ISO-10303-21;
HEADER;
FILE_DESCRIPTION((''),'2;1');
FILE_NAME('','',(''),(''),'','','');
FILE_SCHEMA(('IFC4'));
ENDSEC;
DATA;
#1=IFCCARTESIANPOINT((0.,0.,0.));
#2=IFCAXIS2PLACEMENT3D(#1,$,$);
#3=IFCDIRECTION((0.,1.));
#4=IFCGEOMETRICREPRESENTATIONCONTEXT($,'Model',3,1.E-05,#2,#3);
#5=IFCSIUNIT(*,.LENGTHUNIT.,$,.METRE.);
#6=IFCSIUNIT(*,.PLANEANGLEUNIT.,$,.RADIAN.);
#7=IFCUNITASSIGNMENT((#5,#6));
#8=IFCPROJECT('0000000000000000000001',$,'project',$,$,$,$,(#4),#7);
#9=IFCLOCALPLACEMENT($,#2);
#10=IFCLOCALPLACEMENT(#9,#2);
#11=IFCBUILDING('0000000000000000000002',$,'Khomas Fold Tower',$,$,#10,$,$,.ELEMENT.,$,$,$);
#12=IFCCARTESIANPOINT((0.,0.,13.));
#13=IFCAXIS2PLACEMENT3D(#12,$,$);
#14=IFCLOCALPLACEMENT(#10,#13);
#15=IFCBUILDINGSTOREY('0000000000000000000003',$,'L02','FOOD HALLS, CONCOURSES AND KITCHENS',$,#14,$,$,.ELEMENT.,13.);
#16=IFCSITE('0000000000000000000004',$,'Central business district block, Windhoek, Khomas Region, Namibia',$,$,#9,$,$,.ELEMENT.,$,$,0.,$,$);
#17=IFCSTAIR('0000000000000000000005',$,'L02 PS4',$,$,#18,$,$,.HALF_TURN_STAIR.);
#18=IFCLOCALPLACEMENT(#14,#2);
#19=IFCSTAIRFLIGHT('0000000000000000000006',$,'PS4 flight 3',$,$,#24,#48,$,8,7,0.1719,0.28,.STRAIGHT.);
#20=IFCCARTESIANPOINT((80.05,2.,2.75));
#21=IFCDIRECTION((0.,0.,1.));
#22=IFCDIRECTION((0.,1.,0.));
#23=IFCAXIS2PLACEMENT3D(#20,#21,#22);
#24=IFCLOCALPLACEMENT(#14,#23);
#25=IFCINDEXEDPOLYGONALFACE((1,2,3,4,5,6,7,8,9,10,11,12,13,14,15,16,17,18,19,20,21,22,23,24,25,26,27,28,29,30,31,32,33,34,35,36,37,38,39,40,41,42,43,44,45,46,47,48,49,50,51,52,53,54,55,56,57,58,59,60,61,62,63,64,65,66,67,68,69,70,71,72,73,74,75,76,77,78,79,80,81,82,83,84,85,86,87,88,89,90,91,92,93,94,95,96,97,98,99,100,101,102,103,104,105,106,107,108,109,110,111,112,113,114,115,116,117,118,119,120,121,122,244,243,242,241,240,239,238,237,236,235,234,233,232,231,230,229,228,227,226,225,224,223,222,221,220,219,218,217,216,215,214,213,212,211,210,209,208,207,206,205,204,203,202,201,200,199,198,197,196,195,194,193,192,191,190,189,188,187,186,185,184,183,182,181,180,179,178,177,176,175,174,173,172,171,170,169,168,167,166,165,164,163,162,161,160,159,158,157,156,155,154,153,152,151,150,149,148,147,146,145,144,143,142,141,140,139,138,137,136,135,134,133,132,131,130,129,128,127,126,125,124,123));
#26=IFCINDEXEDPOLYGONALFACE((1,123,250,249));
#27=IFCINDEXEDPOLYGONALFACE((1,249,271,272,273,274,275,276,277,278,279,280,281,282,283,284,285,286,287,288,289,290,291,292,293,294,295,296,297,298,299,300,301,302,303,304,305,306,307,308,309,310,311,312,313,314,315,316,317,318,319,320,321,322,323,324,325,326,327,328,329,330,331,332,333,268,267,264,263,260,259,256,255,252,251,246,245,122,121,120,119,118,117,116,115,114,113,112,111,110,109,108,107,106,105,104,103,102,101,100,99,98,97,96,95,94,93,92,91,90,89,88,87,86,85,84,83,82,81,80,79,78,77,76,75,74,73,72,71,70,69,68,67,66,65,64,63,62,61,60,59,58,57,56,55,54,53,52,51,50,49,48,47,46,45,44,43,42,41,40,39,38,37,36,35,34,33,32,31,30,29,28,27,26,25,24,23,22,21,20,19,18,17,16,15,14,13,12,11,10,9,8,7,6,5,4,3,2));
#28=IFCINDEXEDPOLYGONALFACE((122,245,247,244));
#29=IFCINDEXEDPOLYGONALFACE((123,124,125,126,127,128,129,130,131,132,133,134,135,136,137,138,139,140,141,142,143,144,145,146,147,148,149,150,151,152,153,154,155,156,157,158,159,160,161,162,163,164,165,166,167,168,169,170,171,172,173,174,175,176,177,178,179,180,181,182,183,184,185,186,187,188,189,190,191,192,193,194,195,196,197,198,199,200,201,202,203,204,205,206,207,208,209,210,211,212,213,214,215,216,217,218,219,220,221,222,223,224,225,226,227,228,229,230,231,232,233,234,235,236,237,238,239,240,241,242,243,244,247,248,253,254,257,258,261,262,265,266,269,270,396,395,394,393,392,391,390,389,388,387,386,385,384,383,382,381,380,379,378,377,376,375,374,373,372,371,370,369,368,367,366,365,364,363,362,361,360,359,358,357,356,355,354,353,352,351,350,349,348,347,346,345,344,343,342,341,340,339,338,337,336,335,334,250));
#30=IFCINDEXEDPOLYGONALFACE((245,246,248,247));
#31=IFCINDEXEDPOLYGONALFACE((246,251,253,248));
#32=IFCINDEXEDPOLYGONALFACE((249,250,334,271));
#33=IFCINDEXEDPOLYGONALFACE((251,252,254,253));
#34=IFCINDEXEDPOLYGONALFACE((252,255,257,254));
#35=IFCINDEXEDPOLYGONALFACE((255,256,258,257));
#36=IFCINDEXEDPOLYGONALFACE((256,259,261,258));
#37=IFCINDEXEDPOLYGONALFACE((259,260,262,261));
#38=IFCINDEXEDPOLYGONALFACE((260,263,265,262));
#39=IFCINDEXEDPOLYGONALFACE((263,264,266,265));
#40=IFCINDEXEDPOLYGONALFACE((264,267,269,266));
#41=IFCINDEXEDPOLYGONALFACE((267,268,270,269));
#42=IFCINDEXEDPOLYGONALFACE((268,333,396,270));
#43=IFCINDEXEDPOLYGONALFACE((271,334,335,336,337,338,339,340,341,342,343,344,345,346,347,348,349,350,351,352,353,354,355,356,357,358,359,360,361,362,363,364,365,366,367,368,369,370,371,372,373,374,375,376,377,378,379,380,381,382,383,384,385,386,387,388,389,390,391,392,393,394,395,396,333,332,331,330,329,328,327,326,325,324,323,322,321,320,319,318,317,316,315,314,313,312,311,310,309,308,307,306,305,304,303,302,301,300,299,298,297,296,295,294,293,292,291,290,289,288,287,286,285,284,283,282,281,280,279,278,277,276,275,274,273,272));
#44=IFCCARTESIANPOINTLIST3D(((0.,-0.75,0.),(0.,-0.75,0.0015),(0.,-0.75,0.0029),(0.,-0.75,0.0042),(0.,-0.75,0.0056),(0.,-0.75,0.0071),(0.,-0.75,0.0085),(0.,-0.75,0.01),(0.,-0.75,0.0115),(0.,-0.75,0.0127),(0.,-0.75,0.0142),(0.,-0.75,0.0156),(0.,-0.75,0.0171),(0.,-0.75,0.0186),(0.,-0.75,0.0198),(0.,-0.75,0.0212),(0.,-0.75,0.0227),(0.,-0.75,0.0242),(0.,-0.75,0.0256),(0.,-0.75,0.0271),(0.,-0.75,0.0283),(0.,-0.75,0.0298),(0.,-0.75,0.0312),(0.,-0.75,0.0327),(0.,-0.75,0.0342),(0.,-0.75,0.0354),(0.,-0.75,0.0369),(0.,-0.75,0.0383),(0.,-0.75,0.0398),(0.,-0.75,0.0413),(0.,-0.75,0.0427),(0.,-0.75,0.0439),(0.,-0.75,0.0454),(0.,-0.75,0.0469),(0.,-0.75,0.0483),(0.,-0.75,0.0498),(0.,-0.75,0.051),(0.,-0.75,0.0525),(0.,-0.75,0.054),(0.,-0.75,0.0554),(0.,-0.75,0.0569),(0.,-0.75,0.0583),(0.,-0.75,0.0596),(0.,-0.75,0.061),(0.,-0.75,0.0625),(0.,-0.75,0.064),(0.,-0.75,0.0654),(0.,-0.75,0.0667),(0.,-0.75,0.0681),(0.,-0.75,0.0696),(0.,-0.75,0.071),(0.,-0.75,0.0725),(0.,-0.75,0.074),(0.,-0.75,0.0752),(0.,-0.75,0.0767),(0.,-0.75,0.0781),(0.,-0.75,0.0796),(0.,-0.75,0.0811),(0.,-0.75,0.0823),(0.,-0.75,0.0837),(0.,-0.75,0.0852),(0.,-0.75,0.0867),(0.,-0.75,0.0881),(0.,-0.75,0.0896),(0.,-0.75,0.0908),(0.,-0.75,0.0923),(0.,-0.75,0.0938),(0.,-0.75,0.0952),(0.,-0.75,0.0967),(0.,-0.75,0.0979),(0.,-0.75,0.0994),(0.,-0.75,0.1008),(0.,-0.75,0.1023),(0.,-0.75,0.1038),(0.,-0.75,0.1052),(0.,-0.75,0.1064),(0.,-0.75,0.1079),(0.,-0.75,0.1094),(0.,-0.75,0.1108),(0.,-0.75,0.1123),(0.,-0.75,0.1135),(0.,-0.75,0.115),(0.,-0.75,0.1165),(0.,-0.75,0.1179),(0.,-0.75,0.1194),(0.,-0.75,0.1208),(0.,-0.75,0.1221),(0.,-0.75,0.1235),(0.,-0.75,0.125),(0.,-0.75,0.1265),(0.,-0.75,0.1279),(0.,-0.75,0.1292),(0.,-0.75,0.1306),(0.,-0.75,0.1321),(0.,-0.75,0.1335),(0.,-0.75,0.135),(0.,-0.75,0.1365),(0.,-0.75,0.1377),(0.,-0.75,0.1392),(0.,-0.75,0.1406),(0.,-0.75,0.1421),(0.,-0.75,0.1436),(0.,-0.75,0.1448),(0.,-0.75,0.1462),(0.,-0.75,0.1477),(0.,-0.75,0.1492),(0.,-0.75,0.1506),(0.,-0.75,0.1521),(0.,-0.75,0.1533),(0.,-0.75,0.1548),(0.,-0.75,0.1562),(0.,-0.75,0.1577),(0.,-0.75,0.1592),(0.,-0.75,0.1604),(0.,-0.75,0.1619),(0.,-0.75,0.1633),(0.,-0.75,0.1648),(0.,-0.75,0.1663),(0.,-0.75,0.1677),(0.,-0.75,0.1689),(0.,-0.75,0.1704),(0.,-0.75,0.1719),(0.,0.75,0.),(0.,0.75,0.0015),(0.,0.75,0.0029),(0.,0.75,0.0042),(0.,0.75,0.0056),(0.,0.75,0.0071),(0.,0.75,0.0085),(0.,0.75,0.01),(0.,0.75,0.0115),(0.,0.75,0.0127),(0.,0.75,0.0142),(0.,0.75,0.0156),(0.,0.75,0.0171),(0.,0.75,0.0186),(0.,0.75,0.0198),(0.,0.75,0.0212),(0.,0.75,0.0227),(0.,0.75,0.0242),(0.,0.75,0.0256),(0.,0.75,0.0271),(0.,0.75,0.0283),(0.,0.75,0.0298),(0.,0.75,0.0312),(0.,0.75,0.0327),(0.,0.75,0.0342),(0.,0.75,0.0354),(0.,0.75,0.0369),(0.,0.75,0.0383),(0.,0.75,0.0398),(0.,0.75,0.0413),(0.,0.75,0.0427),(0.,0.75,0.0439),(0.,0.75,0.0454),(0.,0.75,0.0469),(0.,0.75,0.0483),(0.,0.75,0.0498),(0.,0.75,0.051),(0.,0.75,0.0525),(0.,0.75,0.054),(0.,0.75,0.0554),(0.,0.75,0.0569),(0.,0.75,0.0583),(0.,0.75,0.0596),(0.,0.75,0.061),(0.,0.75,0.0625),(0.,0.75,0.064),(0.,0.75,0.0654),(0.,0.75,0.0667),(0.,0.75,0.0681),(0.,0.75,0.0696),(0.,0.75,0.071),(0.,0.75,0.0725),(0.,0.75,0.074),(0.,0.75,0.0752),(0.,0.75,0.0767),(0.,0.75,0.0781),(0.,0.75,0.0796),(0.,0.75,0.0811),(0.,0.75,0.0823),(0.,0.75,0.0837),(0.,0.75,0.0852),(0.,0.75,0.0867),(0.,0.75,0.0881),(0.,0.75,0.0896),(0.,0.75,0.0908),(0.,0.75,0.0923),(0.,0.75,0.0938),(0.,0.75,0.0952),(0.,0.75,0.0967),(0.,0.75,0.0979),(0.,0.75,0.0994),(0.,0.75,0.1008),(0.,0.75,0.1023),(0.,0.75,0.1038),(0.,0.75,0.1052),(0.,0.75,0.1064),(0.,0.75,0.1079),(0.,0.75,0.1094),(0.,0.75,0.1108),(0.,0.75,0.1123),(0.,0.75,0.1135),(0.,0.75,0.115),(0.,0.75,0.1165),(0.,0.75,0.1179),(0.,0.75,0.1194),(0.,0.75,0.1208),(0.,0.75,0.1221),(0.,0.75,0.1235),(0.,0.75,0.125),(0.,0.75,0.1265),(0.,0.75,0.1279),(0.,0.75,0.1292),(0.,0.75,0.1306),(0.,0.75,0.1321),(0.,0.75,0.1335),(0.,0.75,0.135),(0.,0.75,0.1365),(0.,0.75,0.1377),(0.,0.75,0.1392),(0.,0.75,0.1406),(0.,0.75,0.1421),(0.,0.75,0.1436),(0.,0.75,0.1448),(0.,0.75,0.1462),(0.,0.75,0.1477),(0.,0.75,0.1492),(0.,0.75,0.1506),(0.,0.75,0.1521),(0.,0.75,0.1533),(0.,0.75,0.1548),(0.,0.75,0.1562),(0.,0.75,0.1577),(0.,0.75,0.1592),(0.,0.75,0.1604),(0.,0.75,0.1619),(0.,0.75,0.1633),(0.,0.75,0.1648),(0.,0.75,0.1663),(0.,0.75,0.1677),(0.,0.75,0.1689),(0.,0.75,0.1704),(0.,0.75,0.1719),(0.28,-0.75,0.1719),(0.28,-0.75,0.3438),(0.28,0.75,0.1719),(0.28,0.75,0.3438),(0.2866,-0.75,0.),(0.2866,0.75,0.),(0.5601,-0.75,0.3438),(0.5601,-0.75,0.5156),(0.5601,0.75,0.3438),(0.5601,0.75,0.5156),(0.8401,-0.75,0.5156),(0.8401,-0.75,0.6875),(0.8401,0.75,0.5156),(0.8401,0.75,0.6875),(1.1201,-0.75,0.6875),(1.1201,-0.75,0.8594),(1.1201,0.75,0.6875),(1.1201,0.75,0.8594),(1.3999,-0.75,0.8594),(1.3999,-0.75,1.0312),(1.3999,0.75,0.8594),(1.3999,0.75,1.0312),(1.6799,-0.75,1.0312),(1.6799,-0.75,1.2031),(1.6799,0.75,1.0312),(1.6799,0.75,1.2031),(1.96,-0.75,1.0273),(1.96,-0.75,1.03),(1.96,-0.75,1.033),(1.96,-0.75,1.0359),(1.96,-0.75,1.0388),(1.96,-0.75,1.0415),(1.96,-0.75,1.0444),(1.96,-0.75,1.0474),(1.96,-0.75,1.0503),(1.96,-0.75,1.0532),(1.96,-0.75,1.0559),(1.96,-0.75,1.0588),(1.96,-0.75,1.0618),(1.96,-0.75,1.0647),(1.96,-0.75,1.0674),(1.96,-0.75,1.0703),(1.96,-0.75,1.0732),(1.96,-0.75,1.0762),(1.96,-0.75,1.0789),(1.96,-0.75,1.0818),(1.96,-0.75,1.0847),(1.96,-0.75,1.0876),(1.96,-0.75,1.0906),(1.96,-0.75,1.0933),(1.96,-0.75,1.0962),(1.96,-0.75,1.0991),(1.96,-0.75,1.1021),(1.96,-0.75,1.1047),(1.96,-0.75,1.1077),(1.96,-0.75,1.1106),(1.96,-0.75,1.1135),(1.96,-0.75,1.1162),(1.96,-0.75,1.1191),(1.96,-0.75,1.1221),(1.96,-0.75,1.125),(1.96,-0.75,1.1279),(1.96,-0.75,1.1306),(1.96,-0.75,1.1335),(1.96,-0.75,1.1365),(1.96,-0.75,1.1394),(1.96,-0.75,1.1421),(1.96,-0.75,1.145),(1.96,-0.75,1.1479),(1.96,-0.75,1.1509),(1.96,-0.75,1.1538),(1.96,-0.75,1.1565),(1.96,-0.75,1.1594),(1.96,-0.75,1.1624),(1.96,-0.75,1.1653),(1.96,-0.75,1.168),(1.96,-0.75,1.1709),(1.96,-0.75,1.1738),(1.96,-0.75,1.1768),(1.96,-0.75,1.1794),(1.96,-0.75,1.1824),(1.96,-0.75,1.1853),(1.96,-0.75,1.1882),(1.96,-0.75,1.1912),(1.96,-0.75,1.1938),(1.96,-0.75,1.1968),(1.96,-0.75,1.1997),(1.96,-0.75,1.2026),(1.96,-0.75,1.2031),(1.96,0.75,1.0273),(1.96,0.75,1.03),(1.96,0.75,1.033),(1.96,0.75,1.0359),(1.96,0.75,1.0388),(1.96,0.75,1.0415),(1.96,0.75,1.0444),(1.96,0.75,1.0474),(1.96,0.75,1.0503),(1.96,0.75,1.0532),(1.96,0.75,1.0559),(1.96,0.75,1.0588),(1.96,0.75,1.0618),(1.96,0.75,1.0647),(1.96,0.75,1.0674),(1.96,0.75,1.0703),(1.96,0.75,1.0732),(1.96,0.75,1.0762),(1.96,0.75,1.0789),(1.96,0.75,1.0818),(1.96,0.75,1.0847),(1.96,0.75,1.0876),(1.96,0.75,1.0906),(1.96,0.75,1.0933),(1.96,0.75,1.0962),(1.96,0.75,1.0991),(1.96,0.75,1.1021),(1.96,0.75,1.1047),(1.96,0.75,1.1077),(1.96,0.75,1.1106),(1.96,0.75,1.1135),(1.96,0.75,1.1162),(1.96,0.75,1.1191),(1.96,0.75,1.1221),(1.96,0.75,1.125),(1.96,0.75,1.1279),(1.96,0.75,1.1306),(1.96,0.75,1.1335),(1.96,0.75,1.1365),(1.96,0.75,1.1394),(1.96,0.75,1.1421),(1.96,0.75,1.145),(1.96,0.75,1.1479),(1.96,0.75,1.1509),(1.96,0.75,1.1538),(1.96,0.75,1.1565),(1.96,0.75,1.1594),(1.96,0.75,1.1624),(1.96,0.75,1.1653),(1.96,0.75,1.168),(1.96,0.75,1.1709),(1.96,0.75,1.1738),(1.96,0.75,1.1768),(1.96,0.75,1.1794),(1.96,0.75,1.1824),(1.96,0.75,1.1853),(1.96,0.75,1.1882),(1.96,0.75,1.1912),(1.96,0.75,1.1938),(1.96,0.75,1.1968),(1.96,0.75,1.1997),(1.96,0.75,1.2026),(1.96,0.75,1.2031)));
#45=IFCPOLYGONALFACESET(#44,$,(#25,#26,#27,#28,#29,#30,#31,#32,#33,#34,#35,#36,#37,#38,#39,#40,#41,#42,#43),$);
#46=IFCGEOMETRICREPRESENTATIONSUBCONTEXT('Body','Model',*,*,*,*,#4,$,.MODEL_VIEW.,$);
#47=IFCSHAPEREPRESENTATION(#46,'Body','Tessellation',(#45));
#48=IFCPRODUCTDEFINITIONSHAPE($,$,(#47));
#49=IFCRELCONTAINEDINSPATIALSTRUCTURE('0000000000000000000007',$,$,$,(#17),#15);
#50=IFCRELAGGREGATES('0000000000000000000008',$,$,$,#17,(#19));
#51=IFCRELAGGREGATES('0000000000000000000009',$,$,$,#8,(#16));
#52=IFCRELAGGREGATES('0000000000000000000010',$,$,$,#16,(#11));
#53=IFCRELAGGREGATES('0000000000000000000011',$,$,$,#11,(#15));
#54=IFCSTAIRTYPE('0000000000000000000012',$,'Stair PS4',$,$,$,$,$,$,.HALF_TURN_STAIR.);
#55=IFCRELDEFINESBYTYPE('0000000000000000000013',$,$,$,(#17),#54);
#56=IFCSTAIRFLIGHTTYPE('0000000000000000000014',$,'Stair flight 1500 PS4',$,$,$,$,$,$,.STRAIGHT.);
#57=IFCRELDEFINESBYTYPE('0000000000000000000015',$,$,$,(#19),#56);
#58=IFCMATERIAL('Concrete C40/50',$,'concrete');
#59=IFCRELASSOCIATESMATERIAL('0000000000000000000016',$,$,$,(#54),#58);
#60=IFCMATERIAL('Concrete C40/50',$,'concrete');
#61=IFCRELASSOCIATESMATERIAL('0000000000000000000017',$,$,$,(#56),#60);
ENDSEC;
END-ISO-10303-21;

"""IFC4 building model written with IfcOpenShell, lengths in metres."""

from ifc_helpers import new_model, si_unit, direction, frame, origin, place, context, subcontext, project, spatial, polyline, outline, extrude, source, transform, mapped, material, type_object, element, aggregate, save


model = new_model("IFC4")

# Units and contexts
model_context = context("Model", 3, precision=1e-05, world=origin(), true_north=direction((0.0, 1.0)))
body_context = subcontext(model_context, "Body", "Model", "MODEL_VIEW")
ifc_project = project(units=[si_unit("LENGTHUNIT", "METRE"), si_unit("PLANEANGLEUNIT", "RADIAN")], contexts=[model_context])

# Site, building, storey
site_placement = place(None, origin())
site = spatial("IfcSite", under=ifc_project, at=site_placement, Name="Central business district block, Windhoek, Khomas Region, Namibia", CompositionType="ELEMENT", RefElevation=0.0)
building_placement = place(site_placement, origin())
building = spatial("IfcBuilding", under=site, at=building_placement, Name="Khomas Fold Tower", CompositionType="ELEMENT")
storey_placement = place(building_placement, frame((0.0, 0.0, 13.0)))
storey = spatial("IfcBuildingStorey", under=building, at=storey_placement, Name="L02", Description="FOOD HALLS, CONCOURSES AND KITCHENS", CompositionType="ELEMENT", Elevation=13.0)

# Stair, stair flight
shared_shape_1 = source(origin(), body_context, "Body", "SweptSolid", [
    extrude(outline(polyline([(0.0, 0.0), (0.0, 0.0015), (0.0, 0.0029), (0.0, 0.0042), (0.0, 0.0056), (0.0, 0.0071), (0.0, 0.0085), (0.0, 0.01), (0.0, 0.0115), (0.0, 0.0127), (0.0, 0.0142), (0.0, 0.0156), (0.0, 0.0171), (0.0, 0.0186), (0.0, 0.0198), (0.0, 0.0212), (0.0, 0.0227), (0.0, 0.0242), (0.0, 0.0256), (0.0, 0.0271), (0.0, 0.0283), (0.0, 0.0298), (0.0, 0.0312), (0.0, 0.0327), (0.0, 0.0342), (0.0, 0.0354), (0.0, 0.0369), (0.0, 0.0383), (0.0, 0.0398), (0.0, 0.0413), (0.0, 0.0427), (0.0, 0.0439), (0.0, 0.0454), (0.0, 0.0469), (0.0, 0.0483), (0.0, 0.0498), (0.0, 0.051), (0.0, 0.0525), (0.0, 0.054), (0.0, 0.0554), (0.0, 0.0569), (0.0, 0.0583), (0.0, 0.0596), (0.0, 0.061), (0.0, 0.0625), (0.0, 0.064), (0.0, 0.0654), (0.0, 0.0667), (0.0, 0.0681), (0.0, 0.0696), (0.0, 0.071), (0.0, 0.0725), (0.0, 0.074), (0.0, 0.0752), (0.0, 0.0767), (0.0, 0.0781), (0.0, 0.0796), (0.0, 0.0811), (0.0, 0.0823), (0.0, 0.0837), (0.0, 0.0852), (0.0, 0.0867), (0.0, 0.0881), (0.0, 0.0896), (0.0, 0.0908), (0.0, 0.0923), (0.0, 0.0938), (0.0, 0.0952), (0.0, 0.0967), (0.0, 0.0979), (0.0, 0.0994), (0.0, 0.1008), (0.0, 0.1023), (0.0, 0.1038), (0.0, 0.1052), (0.0, 0.1064), (0.0, 0.1079), (0.0, 0.1094), (0.0, 0.1108), (0.0, 0.1123), (0.0, 0.1135), (0.0, 0.115), (0.0, 0.1165), (0.0, 0.1179), (0.0, 0.1194), (0.0, 0.1208), (0.0, 0.1221), (0.0, 0.1235), (0.0, 0.125), (0.0, 0.1265), (0.0, 0.1279), (0.0, 0.1292), (0.0, 0.1306), (0.0, 0.1321), (0.0, 0.1335), (0.0, 0.135), (0.0, 0.1365), (0.0, 0.1377), (0.0, 0.1392), (0.0, 0.1406), (0.0, 0.1421), (0.0, 0.1436), (0.0, 0.1448), (0.0, 0.1462), (0.0, 0.1477), (0.0, 0.1492), (0.0, 0.1506), (0.0, 0.1521), (0.0, 0.1533), (0.0, 0.1548), (0.0, 0.1562), (0.0, 0.1577), (0.0, 0.1592), (0.0, 0.1604), (0.0, 0.1619), (0.0, 0.1633), (0.0, 0.1648), (0.0, 0.1663), (0.0, 0.1677), (0.0, 0.1689), (0.0, 0.1704), (0.0, 0.1719), (0.28, 0.1719), (0.28, 0.3438), (0.5601, 0.3438), (0.5601, 0.5156), (0.8401, 0.5156), (0.8401, 0.6875), (1.1201, 0.6875), (1.1201, 0.8594), (1.3999, 0.8594), (1.3999, 1.0312), (1.6799, 1.0312), (1.6799, 1.2031), (1.96, 1.2031), (1.96, 1.375), (1.96, 1.3721), (1.96, 1.3691), (1.96, 1.3665), (1.96, 1.3635), (1.96, 1.3606), (1.96, 1.3577), (1.96, 1.355), (1.96, 1.3521), (1.96, 1.3491), (1.96, 1.3462), (1.96, 1.3435), (1.96, 1.3406), (1.96, 1.3376), (1.96, 1.3347), (1.96, 1.3318), (1.96, 1.3291), (1.96, 1.3262), (1.96, 1.3232), (1.96, 1.3203), (1.96, 1.3176), (1.96, 1.3147), (1.96, 1.3118), (1.96, 1.3088), (1.96, 1.3059), (1.96, 1.3032), (1.96, 1.3003), (1.96, 1.2974), (1.96, 1.2944), (1.96, 1.2917), (1.96, 1.2888), (1.96, 1.2859), (1.96, 1.283), (1.96, 1.2803), (1.96, 1.2773), (1.96, 1.2744), (1.96, 1.2715), (1.96, 1.2686), (1.96, 1.2659), (1.96, 1.2629), (1.96, 1.26), (1.96, 1.2571), (1.96, 1.2544), (1.96, 1.2515), (1.96, 1.2485), (1.96, 1.2456), (1.96, 1.2427), (1.96, 1.24), (1.96, 1.2371), (1.96, 1.2341), (1.96, 1.2312), (1.96, 1.2285), (1.96, 1.2256), (1.96, 1.2227), (1.96, 1.2197), (1.96, 1.217), (1.96, 1.2141), (1.96, 1.2112), (1.96, 1.2083), (1.96, 1.2053), (1.96, 1.2026), (1.96, 1.1997), (1.96, 1.1968), (1.96, 1.1938), (1.96, 1.1912), (1.96, 1.1882), (1.96, 1.1853), (1.96, 1.1824), (1.96, 1.1794), (1.96, 1.1768), (1.96, 1.1738), (1.96, 1.1709), (1.96, 1.168), (1.96, 1.1653), (1.96, 1.1624), (1.96, 1.1594), (1.96, 1.1565), (1.96, 1.1538), (1.96, 1.1509), (1.96, 1.1479), (1.96, 1.145), (1.96, 1.1421), (1.96, 1.1394), (1.96, 1.1365), (1.96, 1.1335), (1.96, 1.1306), (1.96, 1.1279), (1.96, 1.125), (1.96, 1.1221), (1.96, 1.1191), (1.96, 1.1162), (1.96, 1.1135), (1.96, 1.1106), (1.96, 1.1077), (1.96, 1.1047), (1.96, 1.1021), (1.96, 1.0991), (1.96, 1.0962), (1.96, 1.0933), (1.96, 1.0906), (1.96, 1.0876), (1.96, 1.0847), (1.96, 1.0818), (1.96, 1.0789), (1.96, 1.0762), (1.96, 1.0732), (1.96, 1.0703), (1.96, 1.0674), (1.96, 1.0647), (1.96, 1.0618), (1.96, 1.0588), (1.96, 1.0559), (1.96, 1.0532), (1.96, 1.0503), (1.96, 1.0474), (1.96, 1.0444), (1.96, 1.0415), (1.96, 1.0388), (1.96, 1.0359), (1.96, 1.033), (1.96, 1.03), (1.96, 1.0273), (0.2866, 0.0), (0.0, 0.0)])), frame((0.0, 0.75, 0.0), z_axis=(0.0, -1.0, 0.0), x_axis=(1.0, 0.0, 0.0)), (0.0, 0.0, 1.0), 1.5),
])
ifc_material_1 = material(Name="Concrete C40/50", Category="concrete")
stair_type_1 = type_object("IfcStairType", Name="Stair PS4", PredefinedType="HALF_TURN_STAIR", material=ifc_material_1)
stair_1_placement = place(storey_placement, origin())
stair_1 = element("IfcStair", 1, at=stair_1_placement, inside=storey, type_object=stair_type_1, Name="L02 PS4", PredefinedType="HALF_TURN_STAIR")
ifc_material_2 = material(Name="Concrete C40/50", Category="concrete")
stair_flight_type_1 = type_object("IfcStairFlightType", Name="Stair flight 1500 PS4", PredefinedType="STRAIGHT", material=ifc_material_2)
stair_flight_1_placement = place(storey_placement, frame((80.05, 2.0, 2.75), z_axis=(0.0, 0.0, 1.0), x_axis=(0.0, 1.0, 0.0)))
stair_flight_1 = element("IfcStairFlight", 2, at=stair_flight_1_placement, type_object=stair_flight_type_1, Name="PS4 flight 3", NumberOfRisers=8, NumberOfTreads=7, PredefinedType="STRAIGHT", RiserHeight=0.1719, TreadLength=0.28, context=body_context, shape_type="MappedRepresentation", body=[
    mapped(shared_shape_1, transform((0.0, 0.0, 0.0))),
])
aggregate(stair_1, [stair_flight_1])

save(model, "model.ifc")
